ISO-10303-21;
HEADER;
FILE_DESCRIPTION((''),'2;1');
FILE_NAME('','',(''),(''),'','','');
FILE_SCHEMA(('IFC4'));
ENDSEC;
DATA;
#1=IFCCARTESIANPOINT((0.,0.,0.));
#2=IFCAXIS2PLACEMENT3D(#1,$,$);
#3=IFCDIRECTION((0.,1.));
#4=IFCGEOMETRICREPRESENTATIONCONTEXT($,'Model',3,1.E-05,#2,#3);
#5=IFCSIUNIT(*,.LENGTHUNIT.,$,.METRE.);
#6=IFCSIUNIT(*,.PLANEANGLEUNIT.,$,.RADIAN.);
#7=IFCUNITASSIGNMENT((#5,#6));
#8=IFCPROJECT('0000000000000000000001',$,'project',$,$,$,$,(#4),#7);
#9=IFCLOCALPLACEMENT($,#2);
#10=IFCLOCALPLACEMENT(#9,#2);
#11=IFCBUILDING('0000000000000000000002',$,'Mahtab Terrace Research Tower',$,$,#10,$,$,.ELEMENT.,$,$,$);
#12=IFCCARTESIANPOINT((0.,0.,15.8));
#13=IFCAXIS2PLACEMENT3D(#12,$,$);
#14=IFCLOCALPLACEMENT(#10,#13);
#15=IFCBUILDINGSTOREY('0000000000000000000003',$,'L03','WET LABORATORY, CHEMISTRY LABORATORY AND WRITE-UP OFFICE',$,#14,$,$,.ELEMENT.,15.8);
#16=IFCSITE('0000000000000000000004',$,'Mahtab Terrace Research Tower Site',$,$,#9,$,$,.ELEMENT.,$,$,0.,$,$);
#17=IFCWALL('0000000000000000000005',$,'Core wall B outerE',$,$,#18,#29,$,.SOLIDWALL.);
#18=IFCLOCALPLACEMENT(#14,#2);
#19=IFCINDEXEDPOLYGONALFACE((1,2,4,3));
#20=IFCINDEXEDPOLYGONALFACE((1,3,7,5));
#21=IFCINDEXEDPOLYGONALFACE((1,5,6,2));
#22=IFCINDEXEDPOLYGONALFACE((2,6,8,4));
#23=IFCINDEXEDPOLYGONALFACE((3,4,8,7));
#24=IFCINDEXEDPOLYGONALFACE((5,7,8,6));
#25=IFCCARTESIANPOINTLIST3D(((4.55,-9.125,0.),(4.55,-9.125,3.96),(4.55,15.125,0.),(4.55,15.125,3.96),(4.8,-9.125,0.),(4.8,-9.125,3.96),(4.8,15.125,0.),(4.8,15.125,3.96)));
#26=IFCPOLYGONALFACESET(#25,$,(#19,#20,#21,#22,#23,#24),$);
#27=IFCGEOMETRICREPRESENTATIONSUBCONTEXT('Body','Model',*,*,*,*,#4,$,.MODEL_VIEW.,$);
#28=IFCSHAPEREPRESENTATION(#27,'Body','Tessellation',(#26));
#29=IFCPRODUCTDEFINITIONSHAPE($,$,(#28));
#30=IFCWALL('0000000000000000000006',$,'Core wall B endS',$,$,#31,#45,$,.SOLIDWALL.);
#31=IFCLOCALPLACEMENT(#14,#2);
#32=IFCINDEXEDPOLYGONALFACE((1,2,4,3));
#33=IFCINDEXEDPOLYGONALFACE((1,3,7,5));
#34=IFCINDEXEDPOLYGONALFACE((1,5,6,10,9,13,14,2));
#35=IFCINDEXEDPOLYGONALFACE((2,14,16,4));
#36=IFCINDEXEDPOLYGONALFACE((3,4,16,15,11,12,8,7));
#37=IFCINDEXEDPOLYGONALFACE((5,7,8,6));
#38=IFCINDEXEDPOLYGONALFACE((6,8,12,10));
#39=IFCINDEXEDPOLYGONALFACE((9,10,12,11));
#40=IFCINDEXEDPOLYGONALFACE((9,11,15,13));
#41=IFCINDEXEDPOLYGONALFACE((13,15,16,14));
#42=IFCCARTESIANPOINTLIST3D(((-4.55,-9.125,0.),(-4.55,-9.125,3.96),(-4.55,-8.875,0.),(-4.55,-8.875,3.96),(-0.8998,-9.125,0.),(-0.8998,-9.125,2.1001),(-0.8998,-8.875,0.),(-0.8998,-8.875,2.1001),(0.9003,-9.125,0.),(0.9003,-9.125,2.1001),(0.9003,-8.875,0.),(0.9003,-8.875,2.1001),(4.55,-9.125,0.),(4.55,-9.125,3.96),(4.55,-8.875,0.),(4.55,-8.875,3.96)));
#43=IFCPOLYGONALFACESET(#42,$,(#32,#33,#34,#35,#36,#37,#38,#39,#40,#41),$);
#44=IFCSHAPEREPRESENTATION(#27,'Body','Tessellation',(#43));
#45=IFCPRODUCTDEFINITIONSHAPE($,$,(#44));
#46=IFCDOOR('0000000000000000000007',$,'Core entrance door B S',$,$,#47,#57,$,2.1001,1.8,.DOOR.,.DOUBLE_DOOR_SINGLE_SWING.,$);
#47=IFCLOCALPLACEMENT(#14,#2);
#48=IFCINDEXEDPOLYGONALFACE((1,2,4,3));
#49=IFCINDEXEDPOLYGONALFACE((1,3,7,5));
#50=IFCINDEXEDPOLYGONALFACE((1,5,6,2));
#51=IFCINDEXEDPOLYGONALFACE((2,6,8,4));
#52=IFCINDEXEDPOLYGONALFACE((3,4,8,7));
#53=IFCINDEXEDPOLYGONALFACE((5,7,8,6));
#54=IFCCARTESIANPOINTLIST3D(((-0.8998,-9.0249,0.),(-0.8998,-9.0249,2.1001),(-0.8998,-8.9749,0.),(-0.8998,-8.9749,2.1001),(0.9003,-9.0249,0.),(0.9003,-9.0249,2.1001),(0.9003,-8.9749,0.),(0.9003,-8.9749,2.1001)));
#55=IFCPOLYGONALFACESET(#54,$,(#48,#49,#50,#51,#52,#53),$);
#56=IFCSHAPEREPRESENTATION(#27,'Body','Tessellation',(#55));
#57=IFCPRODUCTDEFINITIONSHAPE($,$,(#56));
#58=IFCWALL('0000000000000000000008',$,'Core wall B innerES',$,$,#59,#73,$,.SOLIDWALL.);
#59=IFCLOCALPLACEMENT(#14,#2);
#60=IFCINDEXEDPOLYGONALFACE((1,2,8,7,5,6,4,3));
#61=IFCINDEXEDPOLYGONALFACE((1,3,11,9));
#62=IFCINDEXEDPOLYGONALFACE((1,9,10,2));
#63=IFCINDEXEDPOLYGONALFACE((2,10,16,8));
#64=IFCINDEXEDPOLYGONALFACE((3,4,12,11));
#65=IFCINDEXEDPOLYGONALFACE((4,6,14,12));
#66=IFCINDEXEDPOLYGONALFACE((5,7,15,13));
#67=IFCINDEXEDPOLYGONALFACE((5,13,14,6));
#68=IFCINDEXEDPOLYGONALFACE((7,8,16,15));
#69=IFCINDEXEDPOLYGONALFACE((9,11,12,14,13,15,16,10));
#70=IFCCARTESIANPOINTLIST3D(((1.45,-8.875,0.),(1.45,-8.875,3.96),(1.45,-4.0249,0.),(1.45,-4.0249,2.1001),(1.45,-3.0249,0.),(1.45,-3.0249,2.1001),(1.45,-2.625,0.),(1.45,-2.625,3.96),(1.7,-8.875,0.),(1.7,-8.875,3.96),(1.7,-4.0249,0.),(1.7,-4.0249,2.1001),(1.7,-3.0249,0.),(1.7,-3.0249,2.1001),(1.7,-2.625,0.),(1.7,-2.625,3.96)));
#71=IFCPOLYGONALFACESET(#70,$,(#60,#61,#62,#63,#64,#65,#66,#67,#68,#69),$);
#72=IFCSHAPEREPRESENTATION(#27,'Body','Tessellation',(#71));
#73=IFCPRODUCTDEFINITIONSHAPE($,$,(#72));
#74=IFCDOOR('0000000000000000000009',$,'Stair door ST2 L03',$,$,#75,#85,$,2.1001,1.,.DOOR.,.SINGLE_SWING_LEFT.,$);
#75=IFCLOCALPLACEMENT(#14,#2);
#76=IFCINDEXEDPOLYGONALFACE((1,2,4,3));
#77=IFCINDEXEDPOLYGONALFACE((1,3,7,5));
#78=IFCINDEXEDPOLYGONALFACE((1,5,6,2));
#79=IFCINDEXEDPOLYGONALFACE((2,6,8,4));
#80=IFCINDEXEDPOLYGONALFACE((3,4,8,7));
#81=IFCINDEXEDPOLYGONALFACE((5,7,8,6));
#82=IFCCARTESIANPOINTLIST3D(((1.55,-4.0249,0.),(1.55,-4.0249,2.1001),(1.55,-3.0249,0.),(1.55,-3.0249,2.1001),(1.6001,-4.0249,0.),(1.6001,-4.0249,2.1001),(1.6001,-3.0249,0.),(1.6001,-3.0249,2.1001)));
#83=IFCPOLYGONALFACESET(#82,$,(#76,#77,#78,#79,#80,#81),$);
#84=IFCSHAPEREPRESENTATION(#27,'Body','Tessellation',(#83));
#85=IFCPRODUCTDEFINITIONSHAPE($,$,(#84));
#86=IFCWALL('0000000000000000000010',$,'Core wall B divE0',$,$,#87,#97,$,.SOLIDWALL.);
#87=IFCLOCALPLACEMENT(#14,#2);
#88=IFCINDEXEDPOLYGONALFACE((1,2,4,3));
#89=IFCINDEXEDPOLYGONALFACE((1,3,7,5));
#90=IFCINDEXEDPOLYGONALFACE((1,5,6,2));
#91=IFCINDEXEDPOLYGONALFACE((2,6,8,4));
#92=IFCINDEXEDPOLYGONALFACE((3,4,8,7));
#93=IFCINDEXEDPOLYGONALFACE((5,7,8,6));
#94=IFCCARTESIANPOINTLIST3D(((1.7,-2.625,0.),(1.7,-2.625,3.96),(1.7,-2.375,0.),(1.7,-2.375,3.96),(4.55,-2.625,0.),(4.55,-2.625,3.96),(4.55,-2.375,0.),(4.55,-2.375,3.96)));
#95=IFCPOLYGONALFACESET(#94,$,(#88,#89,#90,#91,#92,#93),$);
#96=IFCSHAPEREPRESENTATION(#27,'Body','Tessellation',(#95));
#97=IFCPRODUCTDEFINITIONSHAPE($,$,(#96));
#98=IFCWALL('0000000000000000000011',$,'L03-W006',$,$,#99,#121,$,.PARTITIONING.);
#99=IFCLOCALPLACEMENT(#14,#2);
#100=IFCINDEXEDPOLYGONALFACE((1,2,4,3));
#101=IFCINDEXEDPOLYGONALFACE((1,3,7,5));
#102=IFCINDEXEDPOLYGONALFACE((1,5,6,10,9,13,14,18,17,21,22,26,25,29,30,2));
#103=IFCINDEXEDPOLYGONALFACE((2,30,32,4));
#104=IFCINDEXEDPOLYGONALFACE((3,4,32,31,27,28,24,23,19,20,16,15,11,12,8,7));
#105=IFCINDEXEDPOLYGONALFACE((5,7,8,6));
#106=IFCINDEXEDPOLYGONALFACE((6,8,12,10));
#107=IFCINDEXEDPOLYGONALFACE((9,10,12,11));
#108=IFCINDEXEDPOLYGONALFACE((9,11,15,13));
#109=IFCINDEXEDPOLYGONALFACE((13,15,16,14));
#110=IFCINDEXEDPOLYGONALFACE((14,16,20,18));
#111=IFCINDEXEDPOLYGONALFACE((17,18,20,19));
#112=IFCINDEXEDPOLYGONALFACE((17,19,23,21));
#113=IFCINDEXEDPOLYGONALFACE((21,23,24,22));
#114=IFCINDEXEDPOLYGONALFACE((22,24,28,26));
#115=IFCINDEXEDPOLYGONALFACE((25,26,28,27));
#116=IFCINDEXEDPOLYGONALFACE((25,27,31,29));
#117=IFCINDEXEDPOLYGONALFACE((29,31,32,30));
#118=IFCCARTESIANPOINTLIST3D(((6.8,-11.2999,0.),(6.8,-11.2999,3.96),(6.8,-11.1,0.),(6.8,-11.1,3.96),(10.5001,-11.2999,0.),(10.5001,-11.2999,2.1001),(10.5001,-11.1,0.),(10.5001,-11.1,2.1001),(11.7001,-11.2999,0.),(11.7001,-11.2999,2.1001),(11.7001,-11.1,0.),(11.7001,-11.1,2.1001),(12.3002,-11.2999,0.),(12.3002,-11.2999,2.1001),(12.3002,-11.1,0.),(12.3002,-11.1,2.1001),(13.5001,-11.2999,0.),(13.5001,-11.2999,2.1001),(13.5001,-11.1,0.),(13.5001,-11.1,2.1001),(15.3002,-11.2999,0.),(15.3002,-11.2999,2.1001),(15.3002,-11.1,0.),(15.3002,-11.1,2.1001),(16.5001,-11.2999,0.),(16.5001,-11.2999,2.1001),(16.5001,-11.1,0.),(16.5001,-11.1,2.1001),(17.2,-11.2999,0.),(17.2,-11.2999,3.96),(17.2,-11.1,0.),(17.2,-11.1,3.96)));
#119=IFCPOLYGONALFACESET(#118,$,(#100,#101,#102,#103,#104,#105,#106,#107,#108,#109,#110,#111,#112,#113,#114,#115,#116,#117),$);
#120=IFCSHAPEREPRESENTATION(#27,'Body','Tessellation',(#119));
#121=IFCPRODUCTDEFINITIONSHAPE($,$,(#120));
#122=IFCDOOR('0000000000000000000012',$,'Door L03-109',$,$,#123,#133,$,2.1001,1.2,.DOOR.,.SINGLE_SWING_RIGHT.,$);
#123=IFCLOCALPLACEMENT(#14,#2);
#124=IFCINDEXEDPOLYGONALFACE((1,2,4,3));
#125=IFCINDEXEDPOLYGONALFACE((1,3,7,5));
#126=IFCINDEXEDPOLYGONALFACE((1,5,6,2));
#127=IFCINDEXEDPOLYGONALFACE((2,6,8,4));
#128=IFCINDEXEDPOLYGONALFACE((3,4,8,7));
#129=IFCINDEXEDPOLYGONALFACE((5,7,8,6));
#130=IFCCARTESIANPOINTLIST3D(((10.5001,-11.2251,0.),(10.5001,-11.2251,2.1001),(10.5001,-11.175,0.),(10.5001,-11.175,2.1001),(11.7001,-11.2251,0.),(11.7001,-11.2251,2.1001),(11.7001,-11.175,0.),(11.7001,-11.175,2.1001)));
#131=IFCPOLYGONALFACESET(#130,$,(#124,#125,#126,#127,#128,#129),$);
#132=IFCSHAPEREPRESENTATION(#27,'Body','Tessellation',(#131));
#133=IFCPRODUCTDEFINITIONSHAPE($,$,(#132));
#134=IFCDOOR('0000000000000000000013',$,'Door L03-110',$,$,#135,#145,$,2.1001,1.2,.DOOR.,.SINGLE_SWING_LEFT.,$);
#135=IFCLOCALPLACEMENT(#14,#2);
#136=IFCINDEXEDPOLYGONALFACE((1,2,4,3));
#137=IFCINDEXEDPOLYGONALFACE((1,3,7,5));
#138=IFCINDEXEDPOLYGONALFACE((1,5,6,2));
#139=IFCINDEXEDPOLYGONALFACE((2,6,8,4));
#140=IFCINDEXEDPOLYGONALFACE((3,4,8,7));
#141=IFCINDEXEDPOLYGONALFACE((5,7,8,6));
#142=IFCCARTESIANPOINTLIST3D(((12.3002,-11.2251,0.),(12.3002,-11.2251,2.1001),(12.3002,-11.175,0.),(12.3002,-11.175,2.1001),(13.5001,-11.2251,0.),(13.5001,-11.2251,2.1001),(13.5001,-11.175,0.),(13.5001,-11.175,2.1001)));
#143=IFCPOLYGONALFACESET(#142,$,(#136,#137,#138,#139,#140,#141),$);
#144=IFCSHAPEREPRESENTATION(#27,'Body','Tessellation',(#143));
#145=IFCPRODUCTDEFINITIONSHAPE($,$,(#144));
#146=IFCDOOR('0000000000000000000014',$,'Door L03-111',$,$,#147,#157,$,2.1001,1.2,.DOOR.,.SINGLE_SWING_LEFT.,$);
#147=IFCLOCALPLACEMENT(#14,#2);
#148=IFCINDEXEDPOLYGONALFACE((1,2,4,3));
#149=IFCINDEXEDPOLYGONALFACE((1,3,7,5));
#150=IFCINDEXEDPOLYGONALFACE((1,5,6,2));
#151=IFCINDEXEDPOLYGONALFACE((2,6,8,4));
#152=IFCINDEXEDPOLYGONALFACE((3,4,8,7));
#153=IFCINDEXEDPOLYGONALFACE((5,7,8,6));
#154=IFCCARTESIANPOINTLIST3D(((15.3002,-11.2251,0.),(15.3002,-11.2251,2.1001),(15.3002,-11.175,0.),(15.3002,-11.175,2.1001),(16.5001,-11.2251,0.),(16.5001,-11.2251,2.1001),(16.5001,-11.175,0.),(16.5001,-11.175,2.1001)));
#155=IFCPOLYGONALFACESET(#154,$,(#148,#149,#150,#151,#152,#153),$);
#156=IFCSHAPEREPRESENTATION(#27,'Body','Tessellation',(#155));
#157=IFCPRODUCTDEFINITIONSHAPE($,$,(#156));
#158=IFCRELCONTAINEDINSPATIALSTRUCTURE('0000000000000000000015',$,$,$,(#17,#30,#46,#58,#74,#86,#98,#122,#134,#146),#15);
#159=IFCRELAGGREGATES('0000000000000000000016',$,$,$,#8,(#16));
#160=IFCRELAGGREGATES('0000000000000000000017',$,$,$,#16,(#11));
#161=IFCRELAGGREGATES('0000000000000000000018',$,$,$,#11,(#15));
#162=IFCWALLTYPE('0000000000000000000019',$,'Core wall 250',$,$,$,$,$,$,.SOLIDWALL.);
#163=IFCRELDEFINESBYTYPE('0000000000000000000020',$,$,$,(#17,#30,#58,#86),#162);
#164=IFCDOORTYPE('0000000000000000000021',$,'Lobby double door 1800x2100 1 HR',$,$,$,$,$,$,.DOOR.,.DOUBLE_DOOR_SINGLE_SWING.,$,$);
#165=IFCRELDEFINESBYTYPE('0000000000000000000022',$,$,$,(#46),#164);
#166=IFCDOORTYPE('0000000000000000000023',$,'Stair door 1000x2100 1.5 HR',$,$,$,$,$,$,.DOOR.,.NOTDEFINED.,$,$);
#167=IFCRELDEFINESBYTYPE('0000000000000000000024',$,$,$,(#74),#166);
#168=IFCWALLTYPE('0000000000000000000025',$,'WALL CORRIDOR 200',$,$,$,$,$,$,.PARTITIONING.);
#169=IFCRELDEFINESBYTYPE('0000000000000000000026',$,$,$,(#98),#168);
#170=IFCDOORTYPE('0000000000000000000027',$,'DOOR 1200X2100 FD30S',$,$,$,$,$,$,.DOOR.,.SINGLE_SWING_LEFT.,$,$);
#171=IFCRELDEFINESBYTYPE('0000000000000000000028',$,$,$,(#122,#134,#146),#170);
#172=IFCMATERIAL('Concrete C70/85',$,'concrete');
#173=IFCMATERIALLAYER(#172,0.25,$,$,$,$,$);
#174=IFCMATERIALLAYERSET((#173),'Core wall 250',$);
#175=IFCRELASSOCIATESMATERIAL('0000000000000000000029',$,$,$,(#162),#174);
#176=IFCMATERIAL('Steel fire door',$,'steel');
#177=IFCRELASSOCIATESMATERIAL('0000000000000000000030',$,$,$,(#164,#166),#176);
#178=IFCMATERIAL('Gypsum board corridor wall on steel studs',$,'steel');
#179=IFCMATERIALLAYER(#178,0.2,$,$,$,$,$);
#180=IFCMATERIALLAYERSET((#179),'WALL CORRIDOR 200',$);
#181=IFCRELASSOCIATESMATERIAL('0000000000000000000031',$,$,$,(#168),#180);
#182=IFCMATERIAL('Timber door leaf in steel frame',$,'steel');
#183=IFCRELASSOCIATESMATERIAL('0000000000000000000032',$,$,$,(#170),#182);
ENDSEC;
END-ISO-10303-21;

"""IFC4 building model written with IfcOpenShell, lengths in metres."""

from ifc_helpers import new_model, si_unit, direction, frame, frame_2d, origin, place, context, subcontext, project, spatial, rectangle, extrude, material, layer, layer_set, type_object, element, fill, save


model = new_model("IFC4")

# Units and contexts
model_context = context("Model", 3, precision=1e-05, world=origin(), true_north=direction((0.0, 1.0)))
body_context = subcontext(model_context, "Body", "Model", "MODEL_VIEW")
ifc_project = project(units=[si_unit("LENGTHUNIT", "METRE"), si_unit("PLANEANGLEUNIT", "RADIAN")], contexts=[model_context])

# Site, building, storey
site_placement = place(None, origin())
site = spatial("IfcSite", under=ifc_project, at=site_placement, Name="Mahtab Terrace Research Tower Site", CompositionType="ELEMENT", RefElevation=0.0)
building_placement = place(site_placement, origin())
building = spatial("IfcBuilding", under=site, at=building_placement, Name="Mahtab Terrace Research Tower", CompositionType="ELEMENT")
storey_placement = place(building_placement, frame((0.0, 0.0, 15.8)))
storey = spatial("IfcBuildingStorey", under=building, at=storey_placement, Name="L03", Description="WET LABORATORY, CHEMISTRY LABORATORY AND WRITE-UP OFFICE", CompositionType="ELEMENT", Elevation=15.8)

# Wall
ifc_material_1 = material(Name="Concrete C70/85", Category="concrete")
ifc_layer_1 = layer(ifc_material_1, 0.25)
ifc_layer_set_1 = layer_set([ifc_layer_1], Name="Core wall 250")
wall_type_1 = type_object("IfcWallType", Name="Core wall 250", PredefinedType="SOLIDWALL", material=ifc_layer_set_1)
wall_1_placement = place(storey_placement, frame((4.675, -9.125, 0.0), z_axis=(0.0, 0.0, 1.0), x_axis=(0.0, 1.0, 0.0)))
element("IfcWall", 1, at=wall_1_placement, inside=storey, type_object=wall_type_1, Name="Core wall B outerE", PredefinedType="SOLIDWALL", context=body_context, shape_type="SweptSolid", body=[
    extrude(rectangle(XDim=24.25, YDim=0.25, at=frame_2d((12.125, 0.0))), origin(), (0.0, 0.0, 1.0), 3.96),
])

# Walls, openings, doors
wall_2_placement = place(storey_placement, frame((4.55, -9.0, 0.0), z_axis=(0.0, 0.0, 1.0), x_axis=(-1.0, 0.0, 0.0)))
wall_2 = element("IfcWall", 2, at=wall_2_placement, inside=storey, type_object=wall_type_1, Name="Core wall B endS", PredefinedType="SOLIDWALL", context=body_context, shape_type="SweptSolid", body=[
    extrude(rectangle(XDim=9.1001, YDim=0.25, at=frame_2d((4.55, 0.0))), origin(), (0.0, 0.0, 1.0), 3.96),
])
opening_1_placement = place(wall_2_placement, frame((3.6499, 0.0, 0.0)))
opening_1 = element("IfcOpeningElement", 3, at=opening_1_placement, cuts=wall_2, PredefinedType="OPENING", context=body_context, shape_type="SweptSolid", body=[
    extrude(rectangle(XDim=1.8, YDim=2.1001, at=frame_2d((0.8999, 1.05))), frame((0.0, 0.135, 0.0), z_axis=(0.0, -1.0, 0.0), x_axis=(1.0, 0.0, 0.0)), (0.0, 0.0, 1.0), 0.27),
])
ifc_material_2 = material(Name="Steel fire door", Category="steel")
door_type_1 = type_object("IfcDoorType", Name="Lobby double door 1800x2100 1 HR", OperationType="DOUBLE_DOOR_SINGLE_SWING", PredefinedType="DOOR", material=ifc_material_2)
door_1_placement = place(opening_1_placement, origin())
door_1 = element("IfcDoor", 4, at=door_1_placement, inside=storey, type_object=door_type_1, Name="Core entrance door B S", OperationType="DOUBLE_DOOR_SINGLE_SWING", OverallHeight=2.1001, OverallWidth=1.8, PredefinedType="DOOR", context=body_context, shape_type="SweptSolid", body=[
    extrude(rectangle(XDim=1.8, YDim=2.1001, at=frame_2d((0.8999, 1.05))), frame((0.0, 0.0249, 0.0), z_axis=(0.0, -1.0, 0.0), x_axis=(1.0, 0.0, 0.0)), (0.0, 0.0, 1.0), 0.05),
])
fill(opening_1, door_1)
wall_3_placement = place(storey_placement, frame((1.575, -8.875, 0.0), z_axis=(0.0, 0.0, 1.0), x_axis=(0.0, 1.0, 0.0)))
wall_3 = element("IfcWall", 5, at=wall_3_placement, inside=storey, type_object=wall_type_1, Name="Core wall B innerES", PredefinedType="SOLIDWALL", context=body_context, shape_type="SweptSolid", body=[
    extrude(rectangle(XDim=6.25, YDim=0.25, at=frame_2d((3.125, 0.0))), origin(), (0.0, 0.0, 1.0), 3.96),
])
opening_2_placement = place(wall_3_placement, frame((4.8501, 0.0, 0.0)))
opening_2 = element("IfcOpeningElement", 6, at=opening_2_placement, cuts=wall_3, PredefinedType="OPENING", context=body_context, shape_type="SweptSolid", body=[
    extrude(rectangle(XDim=1.0, YDim=2.1001, at=frame_2d((0.5, 1.05))), frame((0.0, 0.135, 0.0), z_axis=(0.0, -1.0, 0.0), x_axis=(1.0, 0.0, 0.0)), (0.0, 0.0, 1.0), 0.27),
])
door_type_2 = type_object("IfcDoorType", Name="Stair door 1000x2100 1.5 HR", OperationType="NOTDEFINED", PredefinedType="DOOR", material=ifc_material_2)
door_2_placement = place(opening_2_placement, origin())
door_2 = element("IfcDoor", 7, at=door_2_placement, inside=storey, type_object=door_type_2, Name="Stair door ST2 L03", OperationType="SINGLE_SWING_LEFT", OverallHeight=2.1001, OverallWidth=1.0, PredefinedType="DOOR", context=body_context, shape_type="SweptSolid", body=[
    extrude(rectangle(XDim=1.0, YDim=2.1001, at=frame_2d((0.5, 1.05))), frame((0.0, 0.0249, 0.0), z_axis=(0.0, -1.0, 0.0), x_axis=(1.0, 0.0, 0.0)), (0.0, 0.0, 1.0), 0.05),
])
fill(opening_2, door_2)

# Wall
wall_4_placement = place(storey_placement, frame((1.7, -2.5, 0.0), z_axis=(0.0, 0.0, 1.0), x_axis=(1.0, 0.0, 0.0)))
element("IfcWall", 8, at=wall_4_placement, inside=storey, type_object=wall_type_1, Name="Core wall B divE0", PredefinedType="SOLIDWALL", context=body_context, shape_type="SweptSolid", body=[
    extrude(rectangle(XDim=2.8501, YDim=0.25, at=frame_2d((1.425, 0.0))), origin(), (0.0, 0.0, 1.0), 3.96),
])

# Wall, openings, doors
ifc_material_3 = material(Name="Gypsum board corridor wall on steel studs", Category="steel")
ifc_layer_2 = layer(ifc_material_3, 0.2)
ifc_layer_set_2 = layer_set([ifc_layer_2], Name="WALL CORRIDOR 200")
wall_type_2 = type_object("IfcWallType", Name="WALL CORRIDOR 200", PredefinedType="PARTITIONING", material=ifc_layer_set_2)
wall_5_placement = place(storey_placement, frame((6.8, -11.2, 0.0), z_axis=(0.0, 0.0, 1.0), x_axis=(1.0, 0.0, 0.0)))
wall_5 = element("IfcWall", 9, at=wall_5_placement, inside=storey, type_object=wall_type_2, Name="L03-W006", PredefinedType="PARTITIONING", context=body_context, shape_type="SweptSolid", body=[
    extrude(rectangle(XDim=10.3999, YDim=0.2, at=frame_2d((5.2, 0.0))), origin(), (0.0, 0.0, 1.0), 3.96),
])
opening_3_placement = place(wall_5_placement, frame((3.7, 0.0, 0.0)))
opening_3 = element("IfcOpeningElement", 10, at=opening_3_placement, cuts=wall_5, PredefinedType="OPENING", context=body_context, shape_type="SweptSolid", body=[
    extrude(rectangle(XDim=1.2, YDim=2.1001, at=frame_2d((0.6001, 1.05))), frame((0.0, 0.1099, 0.0), z_axis=(0.0, -1.0, 0.0), x_axis=(1.0, 0.0, 0.0)), (0.0, 0.0, 1.0), 0.22),
])
opening_4_placement = place(wall_5_placement, frame((5.5, 0.0, 0.0)))
opening_4 = element("IfcOpeningElement", 11, at=opening_4_placement, cuts=wall_5, PredefinedType="OPENING", context=body_context, shape_type="SweptSolid", body=[
    extrude(rectangle(XDim=1.2, YDim=2.1001, at=frame_2d((0.6001, 1.05))), frame((0.0, 0.1099, 0.0), z_axis=(0.0, -1.0, 0.0), x_axis=(1.0, 0.0, 0.0)), (0.0, 0.0, 1.0), 0.22),
])
opening_5_placement = place(wall_5_placement, frame((8.5, 0.0, 0.0)))
opening_5 = element("IfcOpeningElement", 12, at=opening_5_placement, cuts=wall_5, PredefinedType="OPENING", context=body_context, shape_type="SweptSolid", body=[
    extrude(rectangle(XDim=1.2, YDim=2.1001, at=frame_2d((0.6001, 1.05))), frame((0.0, 0.1099, 0.0), z_axis=(0.0, -1.0, 0.0), x_axis=(1.0, 0.0, 0.0)), (0.0, 0.0, 1.0), 0.22),
])
ifc_material_4 = material(Name="Timber door leaf in steel frame", Category="steel")
door_type_3 = type_object("IfcDoorType", Name="DOOR 1200X2100 FD30S", OperationType="SINGLE_SWING_LEFT", PredefinedType="DOOR", material=ifc_material_4)
door_3_placement = place(opening_3_placement, origin())
door_3 = element("IfcDoor", 13, at=door_3_placement, inside=storey, type_object=door_type_3, Name="Door L03-109", OperationType="SINGLE_SWING_RIGHT", OverallHeight=2.1001, OverallWidth=1.2, PredefinedType="DOOR", context=body_context, shape_type="SweptSolid", body=[
    extrude(rectangle(XDim=1.2, YDim=2.1001, at=frame_2d((0.6001, 1.05))), frame((0.0, 0.0249, 0.0), z_axis=(0.0, -1.0, 0.0), x_axis=(1.0, 0.0, 0.0)), (0.0, 0.0, 1.0), 0.05),
])
fill(opening_3, door_3)
door_4_placement = place(opening_4_placement, origin())
door_4 = element("IfcDoor", 14, at=door_4_placement, inside=storey, type_object=door_type_3, Name="Door L03-110", OperationType="SINGLE_SWING_LEFT", OverallHeight=2.1001, OverallWidth=1.2, PredefinedType="DOOR", context=body_context, shape_type="SweptSolid", body=[
    extrude(rectangle(XDim=1.2, YDim=2.1001, at=frame_2d((0.6001, 1.05))), frame((0.0, 0.0249, 0.0), z_axis=(0.0, -1.0, 0.0), x_axis=(1.0, 0.0, 0.0)), (0.0, 0.0, 1.0), 0.05),
])
fill(opening_4, door_4)
door_5_placement = place(opening_5_placement, origin())
door_5 = element("IfcDoor", 15, at=door_5_placement, inside=storey, type_object=door_type_3, Name="Door L03-111", OperationType="SINGLE_SWING_LEFT", OverallHeight=2.1001, OverallWidth=1.2, PredefinedType="DOOR", context=body_context, shape_type="SweptSolid", body=[
    extrude(rectangle(XDim=1.2, YDim=2.1001, at=frame_2d((0.6001, 1.05))), frame((0.0, 0.0249, 0.0), z_axis=(0.0, -1.0, 0.0), x_axis=(1.0, 0.0, 0.0)), (0.0, 0.0, 1.0), 0.05),
])
fill(opening_5, door_5)

save(model, "model.ifc")
